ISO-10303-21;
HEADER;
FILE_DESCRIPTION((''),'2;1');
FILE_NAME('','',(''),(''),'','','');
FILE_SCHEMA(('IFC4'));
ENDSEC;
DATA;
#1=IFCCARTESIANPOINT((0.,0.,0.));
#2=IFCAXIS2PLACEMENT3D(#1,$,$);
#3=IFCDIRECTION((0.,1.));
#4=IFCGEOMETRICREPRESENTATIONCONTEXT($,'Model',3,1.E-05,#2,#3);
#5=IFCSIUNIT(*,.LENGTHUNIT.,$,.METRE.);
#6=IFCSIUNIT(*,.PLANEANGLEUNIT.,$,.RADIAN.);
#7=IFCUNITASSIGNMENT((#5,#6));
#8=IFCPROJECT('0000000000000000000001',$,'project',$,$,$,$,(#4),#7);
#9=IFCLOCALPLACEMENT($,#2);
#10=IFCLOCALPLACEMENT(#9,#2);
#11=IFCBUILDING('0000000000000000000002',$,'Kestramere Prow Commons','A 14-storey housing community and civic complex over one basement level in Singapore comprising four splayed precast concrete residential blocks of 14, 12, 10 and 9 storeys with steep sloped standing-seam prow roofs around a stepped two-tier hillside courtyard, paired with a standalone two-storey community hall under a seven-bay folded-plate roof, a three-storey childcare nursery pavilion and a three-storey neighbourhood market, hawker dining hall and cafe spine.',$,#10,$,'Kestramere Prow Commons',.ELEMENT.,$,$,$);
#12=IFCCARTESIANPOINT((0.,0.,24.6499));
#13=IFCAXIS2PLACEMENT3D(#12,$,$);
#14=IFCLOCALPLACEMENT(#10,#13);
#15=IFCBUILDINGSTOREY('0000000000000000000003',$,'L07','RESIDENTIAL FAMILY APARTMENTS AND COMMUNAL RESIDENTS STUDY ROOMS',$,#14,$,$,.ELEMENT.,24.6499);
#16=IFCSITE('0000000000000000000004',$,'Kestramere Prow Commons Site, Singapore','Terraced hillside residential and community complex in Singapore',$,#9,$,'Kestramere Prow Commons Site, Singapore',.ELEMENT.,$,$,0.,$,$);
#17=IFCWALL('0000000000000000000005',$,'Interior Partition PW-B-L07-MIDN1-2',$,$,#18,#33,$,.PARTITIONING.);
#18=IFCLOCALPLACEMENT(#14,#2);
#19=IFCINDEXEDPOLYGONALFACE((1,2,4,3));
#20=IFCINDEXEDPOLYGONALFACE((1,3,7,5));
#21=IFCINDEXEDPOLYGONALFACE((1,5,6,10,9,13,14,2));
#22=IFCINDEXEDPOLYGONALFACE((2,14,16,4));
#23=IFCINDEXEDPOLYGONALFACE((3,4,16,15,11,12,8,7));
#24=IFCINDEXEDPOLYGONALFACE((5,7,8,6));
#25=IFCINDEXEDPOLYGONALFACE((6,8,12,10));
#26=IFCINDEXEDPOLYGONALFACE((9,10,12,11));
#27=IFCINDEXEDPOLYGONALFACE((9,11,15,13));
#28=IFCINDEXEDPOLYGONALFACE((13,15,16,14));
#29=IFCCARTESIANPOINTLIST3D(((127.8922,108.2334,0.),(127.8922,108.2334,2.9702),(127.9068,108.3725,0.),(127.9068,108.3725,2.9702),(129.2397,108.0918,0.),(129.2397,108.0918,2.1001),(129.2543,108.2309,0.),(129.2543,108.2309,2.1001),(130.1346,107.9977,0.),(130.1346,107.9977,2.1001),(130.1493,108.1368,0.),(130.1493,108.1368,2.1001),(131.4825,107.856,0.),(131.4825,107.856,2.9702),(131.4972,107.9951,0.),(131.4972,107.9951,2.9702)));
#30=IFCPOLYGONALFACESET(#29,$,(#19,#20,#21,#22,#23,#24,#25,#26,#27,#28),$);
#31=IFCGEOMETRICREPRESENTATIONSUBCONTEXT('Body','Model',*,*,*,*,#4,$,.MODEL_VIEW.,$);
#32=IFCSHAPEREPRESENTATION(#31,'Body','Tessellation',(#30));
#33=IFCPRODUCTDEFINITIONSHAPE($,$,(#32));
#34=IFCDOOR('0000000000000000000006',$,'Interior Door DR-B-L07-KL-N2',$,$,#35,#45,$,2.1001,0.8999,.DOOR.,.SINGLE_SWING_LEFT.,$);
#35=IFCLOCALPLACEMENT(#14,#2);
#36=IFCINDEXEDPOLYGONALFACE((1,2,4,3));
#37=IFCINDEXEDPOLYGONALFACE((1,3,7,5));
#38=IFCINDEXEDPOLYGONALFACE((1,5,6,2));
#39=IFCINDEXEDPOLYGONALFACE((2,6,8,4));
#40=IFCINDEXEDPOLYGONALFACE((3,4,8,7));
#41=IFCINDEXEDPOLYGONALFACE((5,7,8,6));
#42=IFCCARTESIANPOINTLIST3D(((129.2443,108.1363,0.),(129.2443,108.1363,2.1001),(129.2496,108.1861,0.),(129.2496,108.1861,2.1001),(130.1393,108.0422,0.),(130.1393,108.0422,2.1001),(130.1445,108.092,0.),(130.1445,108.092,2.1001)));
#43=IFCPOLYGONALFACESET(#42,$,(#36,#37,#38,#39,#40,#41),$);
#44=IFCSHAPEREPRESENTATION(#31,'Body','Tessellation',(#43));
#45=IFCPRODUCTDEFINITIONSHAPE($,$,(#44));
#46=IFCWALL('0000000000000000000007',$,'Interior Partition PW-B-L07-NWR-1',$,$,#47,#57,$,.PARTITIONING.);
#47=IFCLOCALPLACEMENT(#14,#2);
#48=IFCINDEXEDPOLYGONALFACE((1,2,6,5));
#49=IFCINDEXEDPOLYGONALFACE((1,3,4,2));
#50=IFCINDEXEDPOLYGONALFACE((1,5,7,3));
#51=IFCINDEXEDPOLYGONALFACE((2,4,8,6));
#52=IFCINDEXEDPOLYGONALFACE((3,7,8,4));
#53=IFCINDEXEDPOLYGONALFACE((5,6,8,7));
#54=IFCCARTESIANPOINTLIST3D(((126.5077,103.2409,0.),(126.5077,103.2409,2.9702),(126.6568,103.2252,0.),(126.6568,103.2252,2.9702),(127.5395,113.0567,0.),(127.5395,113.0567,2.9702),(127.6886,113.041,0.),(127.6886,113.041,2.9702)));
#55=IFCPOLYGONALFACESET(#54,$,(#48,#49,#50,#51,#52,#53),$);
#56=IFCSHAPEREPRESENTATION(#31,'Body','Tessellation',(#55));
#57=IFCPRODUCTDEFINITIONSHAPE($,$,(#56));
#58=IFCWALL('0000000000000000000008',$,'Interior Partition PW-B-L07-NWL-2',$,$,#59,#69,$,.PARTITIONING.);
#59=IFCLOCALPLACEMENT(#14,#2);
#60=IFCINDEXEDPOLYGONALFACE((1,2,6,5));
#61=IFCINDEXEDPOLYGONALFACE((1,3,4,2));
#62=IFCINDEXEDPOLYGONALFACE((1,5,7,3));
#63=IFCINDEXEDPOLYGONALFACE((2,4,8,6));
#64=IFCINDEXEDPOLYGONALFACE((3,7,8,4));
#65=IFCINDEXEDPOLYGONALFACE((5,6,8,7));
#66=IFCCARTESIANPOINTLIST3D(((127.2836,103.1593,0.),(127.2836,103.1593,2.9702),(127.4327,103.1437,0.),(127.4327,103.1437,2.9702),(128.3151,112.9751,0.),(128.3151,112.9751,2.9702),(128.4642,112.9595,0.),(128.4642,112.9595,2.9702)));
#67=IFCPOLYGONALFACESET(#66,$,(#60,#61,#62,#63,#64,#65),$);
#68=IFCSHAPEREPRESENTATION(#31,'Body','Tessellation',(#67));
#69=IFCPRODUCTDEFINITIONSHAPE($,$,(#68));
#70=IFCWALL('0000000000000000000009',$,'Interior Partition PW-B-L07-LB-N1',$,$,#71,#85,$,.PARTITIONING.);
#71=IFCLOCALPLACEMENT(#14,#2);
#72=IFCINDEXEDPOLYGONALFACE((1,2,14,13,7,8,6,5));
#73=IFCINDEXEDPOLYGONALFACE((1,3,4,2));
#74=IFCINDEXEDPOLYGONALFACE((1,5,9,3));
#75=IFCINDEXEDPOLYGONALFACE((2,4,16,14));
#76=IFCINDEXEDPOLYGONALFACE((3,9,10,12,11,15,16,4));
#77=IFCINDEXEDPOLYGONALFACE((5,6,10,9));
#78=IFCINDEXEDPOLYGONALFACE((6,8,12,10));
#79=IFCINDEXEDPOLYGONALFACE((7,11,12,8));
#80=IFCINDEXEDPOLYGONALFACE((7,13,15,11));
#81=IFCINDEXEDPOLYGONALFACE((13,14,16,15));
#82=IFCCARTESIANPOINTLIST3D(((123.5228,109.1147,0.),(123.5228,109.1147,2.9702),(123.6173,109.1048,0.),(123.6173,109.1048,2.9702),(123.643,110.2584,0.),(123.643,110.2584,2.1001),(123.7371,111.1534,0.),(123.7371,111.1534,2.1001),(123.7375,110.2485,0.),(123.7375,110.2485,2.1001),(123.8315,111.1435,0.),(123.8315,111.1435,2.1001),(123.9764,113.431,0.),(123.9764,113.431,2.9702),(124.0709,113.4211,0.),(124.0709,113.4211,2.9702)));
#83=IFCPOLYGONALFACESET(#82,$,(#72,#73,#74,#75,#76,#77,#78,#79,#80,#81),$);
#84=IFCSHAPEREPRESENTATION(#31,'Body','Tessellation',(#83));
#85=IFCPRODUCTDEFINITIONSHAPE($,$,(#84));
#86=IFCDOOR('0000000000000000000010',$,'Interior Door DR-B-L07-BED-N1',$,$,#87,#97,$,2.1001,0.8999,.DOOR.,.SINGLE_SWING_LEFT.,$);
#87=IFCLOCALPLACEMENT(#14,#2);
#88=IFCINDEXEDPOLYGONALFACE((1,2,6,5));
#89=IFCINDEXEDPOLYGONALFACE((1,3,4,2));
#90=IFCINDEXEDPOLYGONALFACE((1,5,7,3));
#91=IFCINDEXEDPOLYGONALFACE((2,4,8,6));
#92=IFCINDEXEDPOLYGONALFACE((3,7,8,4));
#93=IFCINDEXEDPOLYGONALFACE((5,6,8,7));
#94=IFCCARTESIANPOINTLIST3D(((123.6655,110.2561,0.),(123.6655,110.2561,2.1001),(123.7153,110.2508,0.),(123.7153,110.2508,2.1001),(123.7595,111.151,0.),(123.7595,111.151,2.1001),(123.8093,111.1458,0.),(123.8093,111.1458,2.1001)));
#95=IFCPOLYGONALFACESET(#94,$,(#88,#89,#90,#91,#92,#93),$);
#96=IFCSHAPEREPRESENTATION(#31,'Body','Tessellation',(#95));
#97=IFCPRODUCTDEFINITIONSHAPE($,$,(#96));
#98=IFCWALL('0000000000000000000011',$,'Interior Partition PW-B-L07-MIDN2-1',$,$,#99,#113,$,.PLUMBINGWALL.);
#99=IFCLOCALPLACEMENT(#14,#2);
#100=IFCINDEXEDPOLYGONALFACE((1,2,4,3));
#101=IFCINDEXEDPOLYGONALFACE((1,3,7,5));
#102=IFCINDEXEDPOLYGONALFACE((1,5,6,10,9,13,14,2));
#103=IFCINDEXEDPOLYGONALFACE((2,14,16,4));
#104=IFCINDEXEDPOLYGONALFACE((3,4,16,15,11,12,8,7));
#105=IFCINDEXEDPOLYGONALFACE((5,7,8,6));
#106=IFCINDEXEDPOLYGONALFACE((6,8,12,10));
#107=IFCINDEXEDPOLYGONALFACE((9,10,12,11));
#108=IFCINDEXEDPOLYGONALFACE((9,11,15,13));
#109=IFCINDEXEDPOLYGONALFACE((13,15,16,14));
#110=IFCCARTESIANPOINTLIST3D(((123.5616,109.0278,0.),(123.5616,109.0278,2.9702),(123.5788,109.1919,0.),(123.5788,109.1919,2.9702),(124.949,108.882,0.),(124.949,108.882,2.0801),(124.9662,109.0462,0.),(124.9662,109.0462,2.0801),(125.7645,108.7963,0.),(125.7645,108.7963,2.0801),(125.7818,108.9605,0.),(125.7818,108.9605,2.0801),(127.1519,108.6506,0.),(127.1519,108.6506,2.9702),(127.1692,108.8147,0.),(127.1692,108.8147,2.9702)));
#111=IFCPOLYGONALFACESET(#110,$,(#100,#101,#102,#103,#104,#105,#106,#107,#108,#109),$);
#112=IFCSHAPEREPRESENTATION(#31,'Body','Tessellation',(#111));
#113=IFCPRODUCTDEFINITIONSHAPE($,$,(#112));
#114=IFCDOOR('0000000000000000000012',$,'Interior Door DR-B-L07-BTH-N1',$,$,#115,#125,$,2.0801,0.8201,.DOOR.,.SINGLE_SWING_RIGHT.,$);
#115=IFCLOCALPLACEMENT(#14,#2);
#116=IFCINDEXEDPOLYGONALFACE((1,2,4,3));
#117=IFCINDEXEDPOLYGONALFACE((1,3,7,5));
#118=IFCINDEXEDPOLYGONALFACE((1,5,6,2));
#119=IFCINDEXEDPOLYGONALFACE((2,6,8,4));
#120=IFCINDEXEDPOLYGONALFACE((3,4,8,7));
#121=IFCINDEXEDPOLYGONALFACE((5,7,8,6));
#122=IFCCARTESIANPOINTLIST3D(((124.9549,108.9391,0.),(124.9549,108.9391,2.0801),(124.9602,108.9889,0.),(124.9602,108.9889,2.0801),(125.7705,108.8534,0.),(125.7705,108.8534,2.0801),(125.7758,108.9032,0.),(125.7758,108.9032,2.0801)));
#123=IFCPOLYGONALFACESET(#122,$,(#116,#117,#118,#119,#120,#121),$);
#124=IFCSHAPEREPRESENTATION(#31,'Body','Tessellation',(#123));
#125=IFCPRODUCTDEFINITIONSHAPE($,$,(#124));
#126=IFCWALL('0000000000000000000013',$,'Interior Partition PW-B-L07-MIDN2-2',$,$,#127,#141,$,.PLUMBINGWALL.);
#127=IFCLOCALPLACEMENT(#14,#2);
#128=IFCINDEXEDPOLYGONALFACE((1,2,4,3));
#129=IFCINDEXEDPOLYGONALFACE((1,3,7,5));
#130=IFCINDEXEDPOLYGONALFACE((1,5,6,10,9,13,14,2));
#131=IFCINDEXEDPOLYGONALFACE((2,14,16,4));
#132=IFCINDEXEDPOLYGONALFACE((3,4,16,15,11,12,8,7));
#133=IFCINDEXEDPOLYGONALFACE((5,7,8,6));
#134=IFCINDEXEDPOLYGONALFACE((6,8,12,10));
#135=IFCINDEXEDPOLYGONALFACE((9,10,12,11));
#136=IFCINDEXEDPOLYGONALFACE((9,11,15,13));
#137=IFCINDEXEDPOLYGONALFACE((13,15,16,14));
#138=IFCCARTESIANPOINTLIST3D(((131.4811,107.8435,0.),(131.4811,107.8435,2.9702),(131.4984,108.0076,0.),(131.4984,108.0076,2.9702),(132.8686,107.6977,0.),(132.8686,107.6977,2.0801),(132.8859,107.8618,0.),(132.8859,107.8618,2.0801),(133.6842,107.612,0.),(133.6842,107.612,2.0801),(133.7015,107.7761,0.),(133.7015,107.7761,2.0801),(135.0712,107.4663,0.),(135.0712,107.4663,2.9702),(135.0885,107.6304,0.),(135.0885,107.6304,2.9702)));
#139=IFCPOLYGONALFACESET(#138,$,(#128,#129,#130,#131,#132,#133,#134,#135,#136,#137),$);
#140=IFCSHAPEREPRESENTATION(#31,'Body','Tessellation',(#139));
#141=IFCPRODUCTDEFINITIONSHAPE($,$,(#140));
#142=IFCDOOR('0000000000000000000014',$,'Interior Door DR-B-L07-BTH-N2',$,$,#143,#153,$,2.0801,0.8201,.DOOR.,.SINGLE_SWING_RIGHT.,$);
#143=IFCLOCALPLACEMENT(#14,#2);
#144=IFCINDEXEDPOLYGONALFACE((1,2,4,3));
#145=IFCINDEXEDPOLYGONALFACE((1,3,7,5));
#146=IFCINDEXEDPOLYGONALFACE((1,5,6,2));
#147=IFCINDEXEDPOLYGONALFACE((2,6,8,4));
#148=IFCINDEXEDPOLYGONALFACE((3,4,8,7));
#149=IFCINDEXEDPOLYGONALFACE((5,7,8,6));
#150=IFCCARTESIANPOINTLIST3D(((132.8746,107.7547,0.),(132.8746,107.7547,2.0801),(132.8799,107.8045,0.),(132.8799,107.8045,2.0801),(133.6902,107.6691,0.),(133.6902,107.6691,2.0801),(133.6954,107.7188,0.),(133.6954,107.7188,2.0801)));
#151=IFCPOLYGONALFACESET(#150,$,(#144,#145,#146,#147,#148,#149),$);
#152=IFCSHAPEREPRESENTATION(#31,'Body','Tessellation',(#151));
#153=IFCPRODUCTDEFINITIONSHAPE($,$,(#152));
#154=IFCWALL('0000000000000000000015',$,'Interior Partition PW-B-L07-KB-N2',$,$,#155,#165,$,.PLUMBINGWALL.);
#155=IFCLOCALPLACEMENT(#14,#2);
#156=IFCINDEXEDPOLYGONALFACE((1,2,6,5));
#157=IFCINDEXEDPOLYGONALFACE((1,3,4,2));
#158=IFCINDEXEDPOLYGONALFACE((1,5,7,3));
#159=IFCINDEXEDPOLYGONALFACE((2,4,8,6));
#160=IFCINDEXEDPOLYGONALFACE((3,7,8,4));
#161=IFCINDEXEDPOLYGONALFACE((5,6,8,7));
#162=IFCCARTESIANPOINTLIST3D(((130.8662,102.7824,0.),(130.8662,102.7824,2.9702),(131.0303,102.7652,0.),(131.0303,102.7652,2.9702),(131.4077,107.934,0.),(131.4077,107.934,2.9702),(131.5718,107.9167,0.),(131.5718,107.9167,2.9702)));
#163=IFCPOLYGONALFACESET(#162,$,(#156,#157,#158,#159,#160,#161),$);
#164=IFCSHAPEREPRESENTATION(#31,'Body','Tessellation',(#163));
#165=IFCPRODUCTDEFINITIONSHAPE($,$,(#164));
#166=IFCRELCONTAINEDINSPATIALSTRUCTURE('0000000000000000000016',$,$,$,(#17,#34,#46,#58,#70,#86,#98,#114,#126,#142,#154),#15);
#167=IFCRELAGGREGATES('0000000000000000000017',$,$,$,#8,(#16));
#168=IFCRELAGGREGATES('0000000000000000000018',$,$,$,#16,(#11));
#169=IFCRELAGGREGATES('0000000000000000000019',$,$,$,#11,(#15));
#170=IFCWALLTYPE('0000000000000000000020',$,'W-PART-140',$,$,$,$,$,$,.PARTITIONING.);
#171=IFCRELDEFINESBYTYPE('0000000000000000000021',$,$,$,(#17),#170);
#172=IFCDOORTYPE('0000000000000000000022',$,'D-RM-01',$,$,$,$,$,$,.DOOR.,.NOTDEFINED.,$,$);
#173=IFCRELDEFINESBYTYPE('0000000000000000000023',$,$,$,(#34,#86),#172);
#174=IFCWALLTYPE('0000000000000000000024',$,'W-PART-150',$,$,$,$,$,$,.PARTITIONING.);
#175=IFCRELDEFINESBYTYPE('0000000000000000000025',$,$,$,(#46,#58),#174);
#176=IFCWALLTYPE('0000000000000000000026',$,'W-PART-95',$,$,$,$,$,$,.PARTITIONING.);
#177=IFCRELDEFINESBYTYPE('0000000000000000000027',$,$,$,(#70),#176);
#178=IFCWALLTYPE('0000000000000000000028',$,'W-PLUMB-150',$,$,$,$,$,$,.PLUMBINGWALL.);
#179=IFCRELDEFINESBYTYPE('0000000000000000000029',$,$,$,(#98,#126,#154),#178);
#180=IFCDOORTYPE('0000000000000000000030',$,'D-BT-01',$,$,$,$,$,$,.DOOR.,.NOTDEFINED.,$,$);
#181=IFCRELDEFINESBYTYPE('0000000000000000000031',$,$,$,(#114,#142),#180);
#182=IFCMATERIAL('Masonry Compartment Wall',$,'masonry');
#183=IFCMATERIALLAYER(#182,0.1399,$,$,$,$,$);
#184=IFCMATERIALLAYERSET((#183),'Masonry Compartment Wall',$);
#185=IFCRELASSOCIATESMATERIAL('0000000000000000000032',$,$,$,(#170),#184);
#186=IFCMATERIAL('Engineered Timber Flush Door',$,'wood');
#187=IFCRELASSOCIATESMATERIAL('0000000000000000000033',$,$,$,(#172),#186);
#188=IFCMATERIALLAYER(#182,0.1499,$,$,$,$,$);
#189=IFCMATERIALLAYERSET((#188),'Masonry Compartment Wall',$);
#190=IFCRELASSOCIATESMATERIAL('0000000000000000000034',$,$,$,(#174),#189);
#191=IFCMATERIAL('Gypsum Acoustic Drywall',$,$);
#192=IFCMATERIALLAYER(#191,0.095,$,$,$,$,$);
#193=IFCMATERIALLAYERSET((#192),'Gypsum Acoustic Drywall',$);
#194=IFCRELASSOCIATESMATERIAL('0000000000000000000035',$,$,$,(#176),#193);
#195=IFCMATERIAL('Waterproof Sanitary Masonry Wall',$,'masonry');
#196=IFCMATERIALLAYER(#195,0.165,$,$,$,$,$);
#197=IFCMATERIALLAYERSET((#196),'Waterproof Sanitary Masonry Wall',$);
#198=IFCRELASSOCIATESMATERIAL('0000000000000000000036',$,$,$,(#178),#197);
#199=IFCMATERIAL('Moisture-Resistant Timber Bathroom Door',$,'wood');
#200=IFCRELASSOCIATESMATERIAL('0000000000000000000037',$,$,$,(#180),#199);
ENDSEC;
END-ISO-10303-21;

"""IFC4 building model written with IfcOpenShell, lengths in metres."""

from ifc_helpers import new_model, si_unit, direction, frame, frame_2d, origin, place, context, subcontext, project, spatial, rectangle, extrude, material, layer, layer_set, type_object, element, fill, save


model = new_model("IFC4")

# Units and contexts
model_context = context("Model", 3, precision=1e-05, world=origin(), true_north=direction((0.0, 1.0)))
body_context = subcontext(model_context, "Body", "Model", "MODEL_VIEW")
ifc_project = project(units=[si_unit("LENGTHUNIT", "METRE"), si_unit("PLANEANGLEUNIT", "RADIAN")], contexts=[model_context])

# Site, building, storey
site_placement = place(None, origin())
site = spatial("IfcSite", under=ifc_project, at=site_placement, Name="Kestramere Prow Commons Site, Singapore", Description="Terraced hillside residential and community complex in Singapore", LongName="Kestramere Prow Commons Site, Singapore", CompositionType="ELEMENT", RefElevation=0.0)
building_placement = place(site_placement, origin())
building = spatial("IfcBuilding", under=site, at=building_placement, Name="Kestramere Prow Commons", Description="A 14-storey housing community and civic complex over one basement level in Singapore comprising four splayed precast concrete residential blocks of 14, 12, 10 and 9 storeys with steep sloped standing-seam prow roofs around a stepped two-tier hillside courtyard, paired with a standalone two-storey community hall under a seven-bay folded-plate roof, a three-storey childcare nursery pavilion and a three-storey neighbourhood market, hawker dining hall and cafe spine.", LongName="Kestramere Prow Commons", CompositionType="ELEMENT")
storey_placement = place(building_placement, frame((0.0, 0.0, 24.6499)))
storey = spatial("IfcBuildingStorey", under=building, at=storey_placement, Name="L07", Description="RESIDENTIAL FAMILY APARTMENTS AND COMMUNAL RESIDENTS STUDY ROOMS", CompositionType="ELEMENT", Elevation=24.6499)

# Wall, opening, door
ifc_material_1 = material(Name="Masonry Compartment Wall", Category="masonry")
ifc_layer_1 = layer(ifc_material_1, 0.1399)
ifc_layer_set_1 = layer_set([ifc_layer_1], Name="Masonry Compartment Wall")
wall_type_1 = type_object("IfcWallType", Name="W-PART-140", PredefinedType="PARTITIONING", material=ifc_layer_set_1)
wall_1_placement = place(storey_placement, frame((127.8994, 108.303, 0.0), z_axis=(0.0, 0.0, 1.0), x_axis=(0.99452, -0.104551, 0.0)))
wall_1 = element("IfcWall", 1, at=wall_1_placement, inside=storey, type_object=wall_type_1, Name="Interior Partition PW-B-L07-MIDN1-2", PredefinedType="PARTITIONING", context=body_context, shape_type="SweptSolid", body=[
    extrude(rectangle(XDim=3.6101, YDim=0.1399, at=frame_2d((1.8052, 0.0))), origin(), (0.0, 0.0, 1.0), 2.9702),
])
opening_1_placement = place(wall_1_placement, frame((1.355, 0.0, 0.0)))
opening_1 = element("IfcOpeningElement", 2, at=opening_1_placement, cuts=wall_1, PredefinedType="OPENING", context=body_context, shape_type="SweptSolid", body=[
    extrude(rectangle(XDim=0.8999, YDim=2.1001, at=frame_2d((0.45, 1.05))), frame((0.0, 0.085, 0.0), z_axis=(0.0, -1.0, 0.0), x_axis=(1.0, 0.0, 0.0)), (0.0, 0.0, 1.0), 0.1699),
])
ifc_material_2 = material(Name="Engineered Timber Flush Door", Category="wood")
door_type_1 = type_object("IfcDoorType", Name="D-RM-01", OperationType="NOTDEFINED", PredefinedType="DOOR", material=ifc_material_2)
door_1_placement = place(opening_1_placement, origin())
door_1 = element("IfcDoor", 3, at=door_1_placement, inside=storey, type_object=door_type_1, Name="Interior Door DR-B-L07-KL-N2", OperationType="SINGLE_SWING_LEFT", OverallHeight=2.1001, OverallWidth=0.8999, PredefinedType="DOOR", context=body_context, shape_type="SweptSolid", body=[
    extrude(rectangle(XDim=0.8999, YDim=2.1001, at=frame_2d((0.45, 1.05))), frame((0.0, 0.0249, 0.0), z_axis=(0.0, -1.0, 0.0), x_axis=(1.0, 0.0, 0.0)), (0.0, 0.0, 1.0), 0.05),
])
fill(opening_1, door_1)

# Walls
ifc_layer_2 = layer(ifc_material_1, 0.1499)
ifc_layer_set_2 = layer_set([ifc_layer_2], Name="Masonry Compartment Wall")
wall_type_2 = type_object("IfcWallType", Name="W-PART-150", PredefinedType="PARTITIONING", material=ifc_layer_set_2)
for number, where, z_axis, x_axis, name in (
    (4, (126.5823, 103.2329, 0.0), (0.0, 0.0, 1.0), (0.104533, 0.994521, 0.0), "Interior Partition PW-B-L07-NWR-1"),
    (5, (127.3582, 103.1514, 0.0), (0.0, 0.0, 1.0), (0.104508, 0.994524, 0.0), "Interior Partition PW-B-L07-NWL-2"),
):
    element("IfcWall", number, at=place(storey_placement, frame(where, z_axis=z_axis, x_axis=x_axis)), inside=storey, type_object=wall_type_2, Name=name, PredefinedType="PARTITIONING", context=body_context, shape_type="SweptSolid", body=[
        extrude(rectangle(XDim=9.8699, YDim=0.1499, at=frame_2d((4.9351, 0.0))), origin(), (0.0, 0.0, 1.0), 2.9702),
    ])

# Walls, openings, doors
ifc_material_3 = material(Name="Gypsum Acoustic Drywall")
ifc_layer_3 = layer(ifc_material_3, 0.095)
ifc_layer_set_3 = layer_set([ifc_layer_3], Name="Gypsum Acoustic Drywall")
wall_type_3 = type_object("IfcWallType", Name="W-PART-95", PredefinedType="PARTITIONING", material=ifc_layer_set_3)
wall_2_placement = place(storey_placement, frame((123.5701, 109.1099, 0.0), z_axis=(0.0, 0.0, 1.0), x_axis=(0.104515, 0.994523, 0.0)))
wall_2 = element("IfcWall", 6, at=wall_2_placement, inside=storey, type_object=wall_type_3, Name="Interior Partition PW-B-L07-LB-N1", PredefinedType="PARTITIONING", context=body_context, shape_type="SweptSolid", body=[
    extrude(rectangle(XDim=4.3401, YDim=0.095, at=frame_2d((2.1699, 0.0))), origin(), (0.0, 0.0, 1.0), 2.9702),
])
opening_2_placement = place(wall_2_placement, frame((1.1499, 0.0, 0.0)))
opening_2 = element("IfcOpeningElement", 7, at=opening_2_placement, cuts=wall_2, PredefinedType="OPENING", context=body_context, shape_type="SweptSolid", body=[
    extrude(rectangle(XDim=0.8999, YDim=2.1001, at=frame_2d((0.45, 1.05))), frame((0.0, 0.0625, 0.0), z_axis=(0.0, -1.0, 0.0), x_axis=(1.0, 0.0, 0.0)), (0.0, 0.0, 1.0), 0.125),
])
door_2_placement = place(opening_2_placement, origin())
door_2 = element("IfcDoor", 8, at=door_2_placement, inside=storey, type_object=door_type_1, Name="Interior Door DR-B-L07-BED-N1", OperationType="SINGLE_SWING_LEFT", OverallHeight=2.1001, OverallWidth=0.8999, PredefinedType="DOOR", context=body_context, shape_type="SweptSolid", body=[
    extrude(rectangle(XDim=0.8999, YDim=2.1001, at=frame_2d((0.45, 1.05))), frame((0.0, 0.0249, 0.0), z_axis=(0.0, -1.0, 0.0), x_axis=(1.0, 0.0, 0.0)), (0.0, 0.0, 1.0), 0.05),
])
fill(opening_2, door_2)
ifc_material_4 = material(Name="Waterproof Sanitary Masonry Wall", Category="masonry")
ifc_layer_4 = layer(ifc_material_4, 0.165)
ifc_layer_set_4 = layer_set([ifc_layer_4], Name="Waterproof Sanitary Masonry Wall")
wall_type_4 = type_object("IfcWallType", Name="W-PLUMB-150", PredefinedType="PLUMBINGWALL", material=ifc_layer_set_4)
wall_3_placement = place(storey_placement, frame((123.5701, 109.1099, 0.0), z_axis=(0.0, 0.0, 1.0), x_axis=(0.994527, -0.104484, 0.0)))
wall_3 = element("IfcWall", 9, at=wall_3_placement, inside=storey, type_object=wall_type_4, Name="Interior Partition PW-B-L07-MIDN2-1", PredefinedType="PLUMBINGWALL", context=body_context, shape_type="SweptSolid", body=[
    extrude(rectangle(XDim=3.6101, YDim=0.165, at=frame_2d((1.8052, 0.0))), origin(), (0.0, 0.0, 1.0), 2.9702),
])
opening_3_placement = place(wall_3_placement, frame((1.395, 0.0, 0.0)))
opening_3 = element("IfcOpeningElement", 10, at=opening_3_placement, cuts=wall_3, PredefinedType="OPENING", context=body_context, shape_type="SweptSolid", body=[
    extrude(rectangle(XDim=0.8201, YDim=2.0801, at=frame_2d((0.4102, 1.04))), frame((0.0, 0.0974, 0.0), z_axis=(0.0, -1.0, 0.0), x_axis=(1.0, 0.0, 0.0)), (0.0, 0.0, 1.0), 0.1951),
])
ifc_material_5 = material(Name="Moisture-Resistant Timber Bathroom Door", Category="wood")
door_type_2 = type_object("IfcDoorType", Name="D-BT-01", OperationType="NOTDEFINED", PredefinedType="DOOR", material=ifc_material_5)
door_3_placement = place(opening_3_placement, origin())
door_3 = element("IfcDoor", 11, at=door_3_placement, inside=storey, type_object=door_type_2, Name="Interior Door DR-B-L07-BTH-N1", OperationType="SINGLE_SWING_RIGHT", OverallHeight=2.0801, OverallWidth=0.8201, PredefinedType="DOOR", context=body_context, shape_type="SweptSolid", body=[
    extrude(rectangle(XDim=0.8201, YDim=2.0801, at=frame_2d((0.4102, 1.04))), frame((0.0, 0.0249, 0.0), z_axis=(0.0, -1.0, 0.0), x_axis=(1.0, 0.0, 0.0)), (0.0, 0.0, 1.0), 0.05),
])
fill(opening_3, door_3)
wall_4_placement = place(storey_placement, frame((131.4897, 107.9255, 0.0), z_axis=(0.0, 0.0, 1.0), x_axis=(0.994526, -0.104491, 0.0)))
wall_4 = element("IfcWall", 12, at=wall_4_placement, inside=storey, type_object=wall_type_4, Name="Interior Partition PW-B-L07-MIDN2-2", PredefinedType="PLUMBINGWALL", context=body_context, shape_type="SweptSolid", body=[
    extrude(rectangle(XDim=3.6099, YDim=0.165, at=frame_2d((1.8049, 0.0))), origin(), (0.0, 0.0, 1.0), 2.9702),
])
opening_4_placement = place(wall_4_placement, frame((1.395, 0.0, 0.0)))
opening_4 = element("IfcOpeningElement", 13, at=opening_4_placement, cuts=wall_4, PredefinedType="OPENING", context=body_context, shape_type="SweptSolid", body=[
    extrude(rectangle(XDim=0.8201, YDim=2.0801, at=frame_2d((0.4102, 1.04))), frame((0.0, 0.0974, 0.0), z_axis=(0.0, -1.0, 0.0), x_axis=(1.0, 0.0, 0.0)), (0.0, 0.0, 1.0), 0.1951),
])
door_4_placement = place(opening_4_placement, origin())
door_4 = element("IfcDoor", 14, at=door_4_placement, inside=storey, type_object=door_type_2, Name="Interior Door DR-B-L07-BTH-N2", OperationType="SINGLE_SWING_RIGHT", OverallHeight=2.0801, OverallWidth=0.8201, PredefinedType="DOOR", context=body_context, shape_type="SweptSolid", body=[
    extrude(rectangle(XDim=0.8201, YDim=2.0801, at=frame_2d((0.4102, 1.04))), frame((0.0, 0.0249, 0.0), z_axis=(0.0, -1.0, 0.0), x_axis=(1.0, 0.0, 0.0)), (0.0, 0.0, 1.0), 0.05),
])
fill(opening_4, door_4)

# Wall
wall_5_placement = place(storey_placement, frame((130.9482, 102.7739, 0.0), z_axis=(0.0, 0.0, 1.0), x_axis=(0.104538, 0.994521, 0.0)))
element("IfcWall", 15, at=wall_5_placement, inside=storey, type_object=wall_type_4, Name="Interior Partition PW-B-L07-KB-N2", PredefinedType="PLUMBINGWALL", context=body_context, shape_type="SweptSolid", body=[
    extrude(rectangle(XDim=5.1799, YDim=0.165, at=frame_2d((2.5898, 0.0))), origin(), (0.0, 0.0, 1.0), 2.9702),
])

save(model, "model.ifc")
